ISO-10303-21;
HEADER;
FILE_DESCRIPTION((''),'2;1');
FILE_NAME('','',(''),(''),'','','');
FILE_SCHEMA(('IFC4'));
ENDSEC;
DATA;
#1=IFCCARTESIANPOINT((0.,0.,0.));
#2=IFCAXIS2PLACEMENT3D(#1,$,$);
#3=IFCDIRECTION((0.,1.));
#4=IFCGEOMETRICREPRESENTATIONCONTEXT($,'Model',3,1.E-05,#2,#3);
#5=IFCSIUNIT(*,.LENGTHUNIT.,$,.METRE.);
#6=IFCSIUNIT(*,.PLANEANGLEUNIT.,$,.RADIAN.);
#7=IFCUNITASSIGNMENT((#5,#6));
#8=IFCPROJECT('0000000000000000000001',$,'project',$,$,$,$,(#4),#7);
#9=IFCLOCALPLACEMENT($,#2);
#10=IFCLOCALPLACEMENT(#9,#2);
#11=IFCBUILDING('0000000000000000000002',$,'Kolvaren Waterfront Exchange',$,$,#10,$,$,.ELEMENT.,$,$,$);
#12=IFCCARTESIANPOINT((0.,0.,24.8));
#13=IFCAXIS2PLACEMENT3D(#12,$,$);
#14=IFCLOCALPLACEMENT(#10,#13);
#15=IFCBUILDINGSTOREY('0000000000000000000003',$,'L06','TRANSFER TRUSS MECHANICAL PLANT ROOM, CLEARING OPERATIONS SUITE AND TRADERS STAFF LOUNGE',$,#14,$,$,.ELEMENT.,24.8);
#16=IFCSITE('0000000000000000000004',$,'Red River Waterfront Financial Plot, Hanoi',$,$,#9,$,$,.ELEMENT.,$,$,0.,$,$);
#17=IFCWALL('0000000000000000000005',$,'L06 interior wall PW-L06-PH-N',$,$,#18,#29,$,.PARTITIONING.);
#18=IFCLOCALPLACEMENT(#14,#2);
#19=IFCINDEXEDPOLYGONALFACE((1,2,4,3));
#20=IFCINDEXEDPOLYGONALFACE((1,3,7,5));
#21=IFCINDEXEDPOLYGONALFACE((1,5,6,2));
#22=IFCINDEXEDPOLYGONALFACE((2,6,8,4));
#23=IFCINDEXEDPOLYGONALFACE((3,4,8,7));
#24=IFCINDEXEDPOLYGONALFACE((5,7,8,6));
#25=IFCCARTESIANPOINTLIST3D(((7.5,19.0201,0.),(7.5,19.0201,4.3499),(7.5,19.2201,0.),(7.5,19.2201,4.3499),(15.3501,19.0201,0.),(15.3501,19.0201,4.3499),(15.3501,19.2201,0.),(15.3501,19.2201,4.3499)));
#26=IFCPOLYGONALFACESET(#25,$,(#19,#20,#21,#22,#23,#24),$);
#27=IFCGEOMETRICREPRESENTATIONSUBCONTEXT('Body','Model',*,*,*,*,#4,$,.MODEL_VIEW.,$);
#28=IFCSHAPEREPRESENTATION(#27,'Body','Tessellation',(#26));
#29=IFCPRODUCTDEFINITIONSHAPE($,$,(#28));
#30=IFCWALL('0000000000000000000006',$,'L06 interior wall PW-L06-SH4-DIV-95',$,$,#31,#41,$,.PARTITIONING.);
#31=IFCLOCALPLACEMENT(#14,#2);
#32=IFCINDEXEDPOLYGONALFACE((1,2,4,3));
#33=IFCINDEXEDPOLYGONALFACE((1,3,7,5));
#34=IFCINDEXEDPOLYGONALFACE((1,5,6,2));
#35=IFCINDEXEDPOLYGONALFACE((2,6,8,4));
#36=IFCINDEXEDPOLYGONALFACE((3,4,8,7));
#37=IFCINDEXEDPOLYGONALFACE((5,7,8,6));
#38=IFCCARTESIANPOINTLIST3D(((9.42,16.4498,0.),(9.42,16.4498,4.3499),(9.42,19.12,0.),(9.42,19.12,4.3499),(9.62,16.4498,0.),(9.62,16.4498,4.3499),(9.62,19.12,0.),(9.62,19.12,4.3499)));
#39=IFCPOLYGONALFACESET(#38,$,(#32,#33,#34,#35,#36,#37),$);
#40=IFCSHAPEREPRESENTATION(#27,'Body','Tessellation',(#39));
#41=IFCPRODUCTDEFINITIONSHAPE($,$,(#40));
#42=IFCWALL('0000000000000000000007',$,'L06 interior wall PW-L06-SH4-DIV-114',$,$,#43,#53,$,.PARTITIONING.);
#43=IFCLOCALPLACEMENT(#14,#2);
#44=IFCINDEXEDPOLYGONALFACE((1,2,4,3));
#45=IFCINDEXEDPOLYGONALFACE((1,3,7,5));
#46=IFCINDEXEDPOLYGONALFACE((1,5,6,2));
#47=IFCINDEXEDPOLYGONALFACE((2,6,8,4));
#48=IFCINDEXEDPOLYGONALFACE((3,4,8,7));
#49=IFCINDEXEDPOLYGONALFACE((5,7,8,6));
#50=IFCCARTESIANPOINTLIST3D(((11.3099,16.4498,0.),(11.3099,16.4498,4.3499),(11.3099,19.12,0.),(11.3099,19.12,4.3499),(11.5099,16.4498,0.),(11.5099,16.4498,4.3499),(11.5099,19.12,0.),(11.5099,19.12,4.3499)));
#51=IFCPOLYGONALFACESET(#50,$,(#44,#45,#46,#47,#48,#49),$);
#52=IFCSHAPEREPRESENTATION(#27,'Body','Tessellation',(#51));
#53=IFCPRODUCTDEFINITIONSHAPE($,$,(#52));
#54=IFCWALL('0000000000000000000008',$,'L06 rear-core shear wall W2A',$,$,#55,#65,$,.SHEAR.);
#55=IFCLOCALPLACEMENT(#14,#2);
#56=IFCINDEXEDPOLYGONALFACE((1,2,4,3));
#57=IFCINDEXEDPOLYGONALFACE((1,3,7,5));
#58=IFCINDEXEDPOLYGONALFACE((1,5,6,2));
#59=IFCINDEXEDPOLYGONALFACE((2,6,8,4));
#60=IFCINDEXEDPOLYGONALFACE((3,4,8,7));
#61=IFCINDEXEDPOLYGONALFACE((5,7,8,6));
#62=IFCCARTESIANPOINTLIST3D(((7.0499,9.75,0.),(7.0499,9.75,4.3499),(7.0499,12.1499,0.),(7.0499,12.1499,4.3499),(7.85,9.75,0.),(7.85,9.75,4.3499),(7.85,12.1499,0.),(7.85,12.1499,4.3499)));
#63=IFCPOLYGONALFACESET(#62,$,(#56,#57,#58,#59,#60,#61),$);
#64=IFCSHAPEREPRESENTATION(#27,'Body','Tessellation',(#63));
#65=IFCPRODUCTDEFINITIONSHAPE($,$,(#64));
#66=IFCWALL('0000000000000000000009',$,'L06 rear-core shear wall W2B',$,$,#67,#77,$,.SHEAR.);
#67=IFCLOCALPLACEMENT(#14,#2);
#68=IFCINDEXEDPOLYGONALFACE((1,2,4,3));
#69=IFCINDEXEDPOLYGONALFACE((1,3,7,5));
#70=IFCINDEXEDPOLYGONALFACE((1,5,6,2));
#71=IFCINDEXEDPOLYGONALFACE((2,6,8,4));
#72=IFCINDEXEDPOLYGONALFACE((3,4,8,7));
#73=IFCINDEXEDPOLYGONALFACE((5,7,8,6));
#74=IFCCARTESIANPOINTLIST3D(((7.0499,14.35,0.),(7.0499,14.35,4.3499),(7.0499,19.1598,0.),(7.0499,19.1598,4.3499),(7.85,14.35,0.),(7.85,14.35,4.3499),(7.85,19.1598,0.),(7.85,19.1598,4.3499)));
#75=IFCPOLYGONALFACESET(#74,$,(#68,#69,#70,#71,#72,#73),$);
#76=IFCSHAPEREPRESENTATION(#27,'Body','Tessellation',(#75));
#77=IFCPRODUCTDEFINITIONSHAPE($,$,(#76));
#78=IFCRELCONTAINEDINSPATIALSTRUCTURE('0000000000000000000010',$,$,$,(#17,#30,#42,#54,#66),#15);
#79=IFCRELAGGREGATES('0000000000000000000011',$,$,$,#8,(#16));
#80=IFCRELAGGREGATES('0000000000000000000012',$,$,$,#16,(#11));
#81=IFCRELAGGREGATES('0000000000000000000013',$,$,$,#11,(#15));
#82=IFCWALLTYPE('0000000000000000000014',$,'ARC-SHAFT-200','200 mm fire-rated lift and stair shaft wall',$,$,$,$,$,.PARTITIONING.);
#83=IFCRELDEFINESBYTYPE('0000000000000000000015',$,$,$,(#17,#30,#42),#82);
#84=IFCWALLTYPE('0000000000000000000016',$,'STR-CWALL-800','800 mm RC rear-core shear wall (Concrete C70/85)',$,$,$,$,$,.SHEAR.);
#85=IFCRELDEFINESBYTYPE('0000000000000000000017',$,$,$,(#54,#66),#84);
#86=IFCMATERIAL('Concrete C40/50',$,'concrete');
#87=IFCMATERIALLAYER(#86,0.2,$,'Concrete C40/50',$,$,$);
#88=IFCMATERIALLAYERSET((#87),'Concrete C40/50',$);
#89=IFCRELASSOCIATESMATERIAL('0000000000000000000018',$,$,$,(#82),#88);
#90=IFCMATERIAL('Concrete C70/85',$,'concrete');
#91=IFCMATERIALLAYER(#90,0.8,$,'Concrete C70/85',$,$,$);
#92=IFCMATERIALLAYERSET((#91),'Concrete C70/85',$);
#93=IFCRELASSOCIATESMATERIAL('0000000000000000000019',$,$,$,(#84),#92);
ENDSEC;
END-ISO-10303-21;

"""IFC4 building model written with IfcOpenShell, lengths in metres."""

from ifc_helpers import new_model, si_unit, direction, frame, frame_2d, origin, place, context, subcontext, project, spatial, rectangle, extrude, material, layer, layer_set, type_object, element, save


model = new_model("IFC4")

# Units and contexts
model_context = context("Model", 3, precision=1e-05, world=origin(), true_north=direction((0.0, 1.0)))
body_context = subcontext(model_context, "Body", "Model", "MODEL_VIEW")
ifc_project = project(units=[si_unit("LENGTHUNIT", "METRE"), si_unit("PLANEANGLEUNIT", "RADIAN")], contexts=[model_context])

# Site, building, storey
site_placement = place(None, origin())
site = spatial("IfcSite", under=ifc_project, at=site_placement, Name="Red River Waterfront Financial Plot, Hanoi", CompositionType="ELEMENT", RefElevation=0.0)
building_placement = place(site_placement, origin())
building = spatial("IfcBuilding", under=site, at=building_placement, Name="Kolvaren Waterfront Exchange", CompositionType="ELEMENT")
storey_placement = place(building_placement, frame((0.0, 0.0, 24.8)))
storey = spatial("IfcBuildingStorey", under=building, at=storey_placement, Name="L06", Description="TRANSFER TRUSS MECHANICAL PLANT ROOM, CLEARING OPERATIONS SUITE AND TRADERS STAFF LOUNGE", CompositionType="ELEMENT", Elevation=24.8)

# Shared definitions
ifc_material_1 = material(Name="Concrete C70/85", Category="concrete")

# Shared definitions
ifc_material_2 = material(Name="Concrete C40/50", Category="concrete")
ifc_layer_1 = layer(ifc_material_2, 0.2, Name="Concrete C40/50")
ifc_layer_set_1 = layer_set([ifc_layer_1], Name="Concrete C40/50")
wall_type_1 = type_object("IfcWallType", Name="ARC-SHAFT-200", Description="200 mm fire-rated lift and stair shaft wall", PredefinedType="PARTITIONING", material=ifc_layer_set_1)

# Walls
wall_1_placement = place(storey_placement, frame((7.5, 19.1201, 0.0), z_axis=(0.0, 0.0, 1.0), x_axis=(1.0, 0.0, 0.0)))
element("IfcWall", 1, at=wall_1_placement, inside=storey, type_object=wall_type_1, Name="L06 interior wall PW-L06-PH-N", PredefinedType="PARTITIONING", context=body_context, shape_type="SweptSolid", body=[
    extrude(rectangle(XDim=7.8501, YDim=0.2, at=frame_2d((3.925, 0.0))), origin(), (0.0, 0.0, 1.0), 4.3499),
])
for number, where, z_axis, x_axis, name in (
    (2, (9.52, 16.45, 0.0), (0.0, 0.0, 1.0), (0.0, 1.0, 0.0), "L06 interior wall PW-L06-SH4-DIV-95"),
    (3, (11.4099, 16.45, 0.0), (0.0, 0.0, 1.0), (0.0, 1.0, 0.0), "L06 interior wall PW-L06-SH4-DIV-114"),
):
    element("IfcWall", number, at=place(storey_placement, frame(where, z_axis=z_axis, x_axis=x_axis)), inside=storey, type_object=wall_type_1, Name=name, PredefinedType="PARTITIONING", context=body_context, shape_type="SweptSolid", body=[
        extrude(rectangle(XDim=2.6702, YDim=0.2, at=frame_2d((1.335, 0.0))), origin(), (0.0, 0.0, 1.0), 4.3499),
    ])
ifc_layer_2 = layer(ifc_material_1, 0.8, Name="Concrete C70/85")
ifc_layer_set_2 = layer_set([ifc_layer_2], Name="Concrete C70/85")
wall_type_2 = type_object("IfcWallType", Name="STR-CWALL-800", Description="800 mm RC rear-core shear wall (Concrete C70/85)", PredefinedType="SHEAR", material=ifc_layer_set_2)
wall_2_placement = place(storey_placement, frame((7.45, 9.75, 0.0), z_axis=(0.0, 0.0, 1.0), x_axis=(0.0, 1.0, 0.0)))
element("IfcWall", 4, at=wall_2_placement, inside=storey, type_object=wall_type_2, Name="L06 rear-core shear wall W2A", PredefinedType="SHEAR", context=body_context, shape_type="SweptSolid", body=[
    extrude(rectangle(XDim=2.3999, YDim=0.8, at=frame_2d((1.2, 0.0))), origin(), (0.0, 0.0, 1.0), 4.3499),
])
wall_3_placement = place(storey_placement, frame((7.45, 14.3501, 0.0), z_axis=(0.0, 0.0, 1.0), x_axis=(0.0, 1.0, 0.0)))
element("IfcWall", 5, at=wall_3_placement, inside=storey, type_object=wall_type_2, Name="L06 rear-core shear wall W2B", PredefinedType="SHEAR", context=body_context, shape_type="SweptSolid", body=[
    extrude(rectangle(XDim=4.8098, YDim=0.8, at=frame_2d((2.4048, 0.0))), origin(), (0.0, 0.0, 1.0), 4.3499),
])

save(model, "model.ifc")
